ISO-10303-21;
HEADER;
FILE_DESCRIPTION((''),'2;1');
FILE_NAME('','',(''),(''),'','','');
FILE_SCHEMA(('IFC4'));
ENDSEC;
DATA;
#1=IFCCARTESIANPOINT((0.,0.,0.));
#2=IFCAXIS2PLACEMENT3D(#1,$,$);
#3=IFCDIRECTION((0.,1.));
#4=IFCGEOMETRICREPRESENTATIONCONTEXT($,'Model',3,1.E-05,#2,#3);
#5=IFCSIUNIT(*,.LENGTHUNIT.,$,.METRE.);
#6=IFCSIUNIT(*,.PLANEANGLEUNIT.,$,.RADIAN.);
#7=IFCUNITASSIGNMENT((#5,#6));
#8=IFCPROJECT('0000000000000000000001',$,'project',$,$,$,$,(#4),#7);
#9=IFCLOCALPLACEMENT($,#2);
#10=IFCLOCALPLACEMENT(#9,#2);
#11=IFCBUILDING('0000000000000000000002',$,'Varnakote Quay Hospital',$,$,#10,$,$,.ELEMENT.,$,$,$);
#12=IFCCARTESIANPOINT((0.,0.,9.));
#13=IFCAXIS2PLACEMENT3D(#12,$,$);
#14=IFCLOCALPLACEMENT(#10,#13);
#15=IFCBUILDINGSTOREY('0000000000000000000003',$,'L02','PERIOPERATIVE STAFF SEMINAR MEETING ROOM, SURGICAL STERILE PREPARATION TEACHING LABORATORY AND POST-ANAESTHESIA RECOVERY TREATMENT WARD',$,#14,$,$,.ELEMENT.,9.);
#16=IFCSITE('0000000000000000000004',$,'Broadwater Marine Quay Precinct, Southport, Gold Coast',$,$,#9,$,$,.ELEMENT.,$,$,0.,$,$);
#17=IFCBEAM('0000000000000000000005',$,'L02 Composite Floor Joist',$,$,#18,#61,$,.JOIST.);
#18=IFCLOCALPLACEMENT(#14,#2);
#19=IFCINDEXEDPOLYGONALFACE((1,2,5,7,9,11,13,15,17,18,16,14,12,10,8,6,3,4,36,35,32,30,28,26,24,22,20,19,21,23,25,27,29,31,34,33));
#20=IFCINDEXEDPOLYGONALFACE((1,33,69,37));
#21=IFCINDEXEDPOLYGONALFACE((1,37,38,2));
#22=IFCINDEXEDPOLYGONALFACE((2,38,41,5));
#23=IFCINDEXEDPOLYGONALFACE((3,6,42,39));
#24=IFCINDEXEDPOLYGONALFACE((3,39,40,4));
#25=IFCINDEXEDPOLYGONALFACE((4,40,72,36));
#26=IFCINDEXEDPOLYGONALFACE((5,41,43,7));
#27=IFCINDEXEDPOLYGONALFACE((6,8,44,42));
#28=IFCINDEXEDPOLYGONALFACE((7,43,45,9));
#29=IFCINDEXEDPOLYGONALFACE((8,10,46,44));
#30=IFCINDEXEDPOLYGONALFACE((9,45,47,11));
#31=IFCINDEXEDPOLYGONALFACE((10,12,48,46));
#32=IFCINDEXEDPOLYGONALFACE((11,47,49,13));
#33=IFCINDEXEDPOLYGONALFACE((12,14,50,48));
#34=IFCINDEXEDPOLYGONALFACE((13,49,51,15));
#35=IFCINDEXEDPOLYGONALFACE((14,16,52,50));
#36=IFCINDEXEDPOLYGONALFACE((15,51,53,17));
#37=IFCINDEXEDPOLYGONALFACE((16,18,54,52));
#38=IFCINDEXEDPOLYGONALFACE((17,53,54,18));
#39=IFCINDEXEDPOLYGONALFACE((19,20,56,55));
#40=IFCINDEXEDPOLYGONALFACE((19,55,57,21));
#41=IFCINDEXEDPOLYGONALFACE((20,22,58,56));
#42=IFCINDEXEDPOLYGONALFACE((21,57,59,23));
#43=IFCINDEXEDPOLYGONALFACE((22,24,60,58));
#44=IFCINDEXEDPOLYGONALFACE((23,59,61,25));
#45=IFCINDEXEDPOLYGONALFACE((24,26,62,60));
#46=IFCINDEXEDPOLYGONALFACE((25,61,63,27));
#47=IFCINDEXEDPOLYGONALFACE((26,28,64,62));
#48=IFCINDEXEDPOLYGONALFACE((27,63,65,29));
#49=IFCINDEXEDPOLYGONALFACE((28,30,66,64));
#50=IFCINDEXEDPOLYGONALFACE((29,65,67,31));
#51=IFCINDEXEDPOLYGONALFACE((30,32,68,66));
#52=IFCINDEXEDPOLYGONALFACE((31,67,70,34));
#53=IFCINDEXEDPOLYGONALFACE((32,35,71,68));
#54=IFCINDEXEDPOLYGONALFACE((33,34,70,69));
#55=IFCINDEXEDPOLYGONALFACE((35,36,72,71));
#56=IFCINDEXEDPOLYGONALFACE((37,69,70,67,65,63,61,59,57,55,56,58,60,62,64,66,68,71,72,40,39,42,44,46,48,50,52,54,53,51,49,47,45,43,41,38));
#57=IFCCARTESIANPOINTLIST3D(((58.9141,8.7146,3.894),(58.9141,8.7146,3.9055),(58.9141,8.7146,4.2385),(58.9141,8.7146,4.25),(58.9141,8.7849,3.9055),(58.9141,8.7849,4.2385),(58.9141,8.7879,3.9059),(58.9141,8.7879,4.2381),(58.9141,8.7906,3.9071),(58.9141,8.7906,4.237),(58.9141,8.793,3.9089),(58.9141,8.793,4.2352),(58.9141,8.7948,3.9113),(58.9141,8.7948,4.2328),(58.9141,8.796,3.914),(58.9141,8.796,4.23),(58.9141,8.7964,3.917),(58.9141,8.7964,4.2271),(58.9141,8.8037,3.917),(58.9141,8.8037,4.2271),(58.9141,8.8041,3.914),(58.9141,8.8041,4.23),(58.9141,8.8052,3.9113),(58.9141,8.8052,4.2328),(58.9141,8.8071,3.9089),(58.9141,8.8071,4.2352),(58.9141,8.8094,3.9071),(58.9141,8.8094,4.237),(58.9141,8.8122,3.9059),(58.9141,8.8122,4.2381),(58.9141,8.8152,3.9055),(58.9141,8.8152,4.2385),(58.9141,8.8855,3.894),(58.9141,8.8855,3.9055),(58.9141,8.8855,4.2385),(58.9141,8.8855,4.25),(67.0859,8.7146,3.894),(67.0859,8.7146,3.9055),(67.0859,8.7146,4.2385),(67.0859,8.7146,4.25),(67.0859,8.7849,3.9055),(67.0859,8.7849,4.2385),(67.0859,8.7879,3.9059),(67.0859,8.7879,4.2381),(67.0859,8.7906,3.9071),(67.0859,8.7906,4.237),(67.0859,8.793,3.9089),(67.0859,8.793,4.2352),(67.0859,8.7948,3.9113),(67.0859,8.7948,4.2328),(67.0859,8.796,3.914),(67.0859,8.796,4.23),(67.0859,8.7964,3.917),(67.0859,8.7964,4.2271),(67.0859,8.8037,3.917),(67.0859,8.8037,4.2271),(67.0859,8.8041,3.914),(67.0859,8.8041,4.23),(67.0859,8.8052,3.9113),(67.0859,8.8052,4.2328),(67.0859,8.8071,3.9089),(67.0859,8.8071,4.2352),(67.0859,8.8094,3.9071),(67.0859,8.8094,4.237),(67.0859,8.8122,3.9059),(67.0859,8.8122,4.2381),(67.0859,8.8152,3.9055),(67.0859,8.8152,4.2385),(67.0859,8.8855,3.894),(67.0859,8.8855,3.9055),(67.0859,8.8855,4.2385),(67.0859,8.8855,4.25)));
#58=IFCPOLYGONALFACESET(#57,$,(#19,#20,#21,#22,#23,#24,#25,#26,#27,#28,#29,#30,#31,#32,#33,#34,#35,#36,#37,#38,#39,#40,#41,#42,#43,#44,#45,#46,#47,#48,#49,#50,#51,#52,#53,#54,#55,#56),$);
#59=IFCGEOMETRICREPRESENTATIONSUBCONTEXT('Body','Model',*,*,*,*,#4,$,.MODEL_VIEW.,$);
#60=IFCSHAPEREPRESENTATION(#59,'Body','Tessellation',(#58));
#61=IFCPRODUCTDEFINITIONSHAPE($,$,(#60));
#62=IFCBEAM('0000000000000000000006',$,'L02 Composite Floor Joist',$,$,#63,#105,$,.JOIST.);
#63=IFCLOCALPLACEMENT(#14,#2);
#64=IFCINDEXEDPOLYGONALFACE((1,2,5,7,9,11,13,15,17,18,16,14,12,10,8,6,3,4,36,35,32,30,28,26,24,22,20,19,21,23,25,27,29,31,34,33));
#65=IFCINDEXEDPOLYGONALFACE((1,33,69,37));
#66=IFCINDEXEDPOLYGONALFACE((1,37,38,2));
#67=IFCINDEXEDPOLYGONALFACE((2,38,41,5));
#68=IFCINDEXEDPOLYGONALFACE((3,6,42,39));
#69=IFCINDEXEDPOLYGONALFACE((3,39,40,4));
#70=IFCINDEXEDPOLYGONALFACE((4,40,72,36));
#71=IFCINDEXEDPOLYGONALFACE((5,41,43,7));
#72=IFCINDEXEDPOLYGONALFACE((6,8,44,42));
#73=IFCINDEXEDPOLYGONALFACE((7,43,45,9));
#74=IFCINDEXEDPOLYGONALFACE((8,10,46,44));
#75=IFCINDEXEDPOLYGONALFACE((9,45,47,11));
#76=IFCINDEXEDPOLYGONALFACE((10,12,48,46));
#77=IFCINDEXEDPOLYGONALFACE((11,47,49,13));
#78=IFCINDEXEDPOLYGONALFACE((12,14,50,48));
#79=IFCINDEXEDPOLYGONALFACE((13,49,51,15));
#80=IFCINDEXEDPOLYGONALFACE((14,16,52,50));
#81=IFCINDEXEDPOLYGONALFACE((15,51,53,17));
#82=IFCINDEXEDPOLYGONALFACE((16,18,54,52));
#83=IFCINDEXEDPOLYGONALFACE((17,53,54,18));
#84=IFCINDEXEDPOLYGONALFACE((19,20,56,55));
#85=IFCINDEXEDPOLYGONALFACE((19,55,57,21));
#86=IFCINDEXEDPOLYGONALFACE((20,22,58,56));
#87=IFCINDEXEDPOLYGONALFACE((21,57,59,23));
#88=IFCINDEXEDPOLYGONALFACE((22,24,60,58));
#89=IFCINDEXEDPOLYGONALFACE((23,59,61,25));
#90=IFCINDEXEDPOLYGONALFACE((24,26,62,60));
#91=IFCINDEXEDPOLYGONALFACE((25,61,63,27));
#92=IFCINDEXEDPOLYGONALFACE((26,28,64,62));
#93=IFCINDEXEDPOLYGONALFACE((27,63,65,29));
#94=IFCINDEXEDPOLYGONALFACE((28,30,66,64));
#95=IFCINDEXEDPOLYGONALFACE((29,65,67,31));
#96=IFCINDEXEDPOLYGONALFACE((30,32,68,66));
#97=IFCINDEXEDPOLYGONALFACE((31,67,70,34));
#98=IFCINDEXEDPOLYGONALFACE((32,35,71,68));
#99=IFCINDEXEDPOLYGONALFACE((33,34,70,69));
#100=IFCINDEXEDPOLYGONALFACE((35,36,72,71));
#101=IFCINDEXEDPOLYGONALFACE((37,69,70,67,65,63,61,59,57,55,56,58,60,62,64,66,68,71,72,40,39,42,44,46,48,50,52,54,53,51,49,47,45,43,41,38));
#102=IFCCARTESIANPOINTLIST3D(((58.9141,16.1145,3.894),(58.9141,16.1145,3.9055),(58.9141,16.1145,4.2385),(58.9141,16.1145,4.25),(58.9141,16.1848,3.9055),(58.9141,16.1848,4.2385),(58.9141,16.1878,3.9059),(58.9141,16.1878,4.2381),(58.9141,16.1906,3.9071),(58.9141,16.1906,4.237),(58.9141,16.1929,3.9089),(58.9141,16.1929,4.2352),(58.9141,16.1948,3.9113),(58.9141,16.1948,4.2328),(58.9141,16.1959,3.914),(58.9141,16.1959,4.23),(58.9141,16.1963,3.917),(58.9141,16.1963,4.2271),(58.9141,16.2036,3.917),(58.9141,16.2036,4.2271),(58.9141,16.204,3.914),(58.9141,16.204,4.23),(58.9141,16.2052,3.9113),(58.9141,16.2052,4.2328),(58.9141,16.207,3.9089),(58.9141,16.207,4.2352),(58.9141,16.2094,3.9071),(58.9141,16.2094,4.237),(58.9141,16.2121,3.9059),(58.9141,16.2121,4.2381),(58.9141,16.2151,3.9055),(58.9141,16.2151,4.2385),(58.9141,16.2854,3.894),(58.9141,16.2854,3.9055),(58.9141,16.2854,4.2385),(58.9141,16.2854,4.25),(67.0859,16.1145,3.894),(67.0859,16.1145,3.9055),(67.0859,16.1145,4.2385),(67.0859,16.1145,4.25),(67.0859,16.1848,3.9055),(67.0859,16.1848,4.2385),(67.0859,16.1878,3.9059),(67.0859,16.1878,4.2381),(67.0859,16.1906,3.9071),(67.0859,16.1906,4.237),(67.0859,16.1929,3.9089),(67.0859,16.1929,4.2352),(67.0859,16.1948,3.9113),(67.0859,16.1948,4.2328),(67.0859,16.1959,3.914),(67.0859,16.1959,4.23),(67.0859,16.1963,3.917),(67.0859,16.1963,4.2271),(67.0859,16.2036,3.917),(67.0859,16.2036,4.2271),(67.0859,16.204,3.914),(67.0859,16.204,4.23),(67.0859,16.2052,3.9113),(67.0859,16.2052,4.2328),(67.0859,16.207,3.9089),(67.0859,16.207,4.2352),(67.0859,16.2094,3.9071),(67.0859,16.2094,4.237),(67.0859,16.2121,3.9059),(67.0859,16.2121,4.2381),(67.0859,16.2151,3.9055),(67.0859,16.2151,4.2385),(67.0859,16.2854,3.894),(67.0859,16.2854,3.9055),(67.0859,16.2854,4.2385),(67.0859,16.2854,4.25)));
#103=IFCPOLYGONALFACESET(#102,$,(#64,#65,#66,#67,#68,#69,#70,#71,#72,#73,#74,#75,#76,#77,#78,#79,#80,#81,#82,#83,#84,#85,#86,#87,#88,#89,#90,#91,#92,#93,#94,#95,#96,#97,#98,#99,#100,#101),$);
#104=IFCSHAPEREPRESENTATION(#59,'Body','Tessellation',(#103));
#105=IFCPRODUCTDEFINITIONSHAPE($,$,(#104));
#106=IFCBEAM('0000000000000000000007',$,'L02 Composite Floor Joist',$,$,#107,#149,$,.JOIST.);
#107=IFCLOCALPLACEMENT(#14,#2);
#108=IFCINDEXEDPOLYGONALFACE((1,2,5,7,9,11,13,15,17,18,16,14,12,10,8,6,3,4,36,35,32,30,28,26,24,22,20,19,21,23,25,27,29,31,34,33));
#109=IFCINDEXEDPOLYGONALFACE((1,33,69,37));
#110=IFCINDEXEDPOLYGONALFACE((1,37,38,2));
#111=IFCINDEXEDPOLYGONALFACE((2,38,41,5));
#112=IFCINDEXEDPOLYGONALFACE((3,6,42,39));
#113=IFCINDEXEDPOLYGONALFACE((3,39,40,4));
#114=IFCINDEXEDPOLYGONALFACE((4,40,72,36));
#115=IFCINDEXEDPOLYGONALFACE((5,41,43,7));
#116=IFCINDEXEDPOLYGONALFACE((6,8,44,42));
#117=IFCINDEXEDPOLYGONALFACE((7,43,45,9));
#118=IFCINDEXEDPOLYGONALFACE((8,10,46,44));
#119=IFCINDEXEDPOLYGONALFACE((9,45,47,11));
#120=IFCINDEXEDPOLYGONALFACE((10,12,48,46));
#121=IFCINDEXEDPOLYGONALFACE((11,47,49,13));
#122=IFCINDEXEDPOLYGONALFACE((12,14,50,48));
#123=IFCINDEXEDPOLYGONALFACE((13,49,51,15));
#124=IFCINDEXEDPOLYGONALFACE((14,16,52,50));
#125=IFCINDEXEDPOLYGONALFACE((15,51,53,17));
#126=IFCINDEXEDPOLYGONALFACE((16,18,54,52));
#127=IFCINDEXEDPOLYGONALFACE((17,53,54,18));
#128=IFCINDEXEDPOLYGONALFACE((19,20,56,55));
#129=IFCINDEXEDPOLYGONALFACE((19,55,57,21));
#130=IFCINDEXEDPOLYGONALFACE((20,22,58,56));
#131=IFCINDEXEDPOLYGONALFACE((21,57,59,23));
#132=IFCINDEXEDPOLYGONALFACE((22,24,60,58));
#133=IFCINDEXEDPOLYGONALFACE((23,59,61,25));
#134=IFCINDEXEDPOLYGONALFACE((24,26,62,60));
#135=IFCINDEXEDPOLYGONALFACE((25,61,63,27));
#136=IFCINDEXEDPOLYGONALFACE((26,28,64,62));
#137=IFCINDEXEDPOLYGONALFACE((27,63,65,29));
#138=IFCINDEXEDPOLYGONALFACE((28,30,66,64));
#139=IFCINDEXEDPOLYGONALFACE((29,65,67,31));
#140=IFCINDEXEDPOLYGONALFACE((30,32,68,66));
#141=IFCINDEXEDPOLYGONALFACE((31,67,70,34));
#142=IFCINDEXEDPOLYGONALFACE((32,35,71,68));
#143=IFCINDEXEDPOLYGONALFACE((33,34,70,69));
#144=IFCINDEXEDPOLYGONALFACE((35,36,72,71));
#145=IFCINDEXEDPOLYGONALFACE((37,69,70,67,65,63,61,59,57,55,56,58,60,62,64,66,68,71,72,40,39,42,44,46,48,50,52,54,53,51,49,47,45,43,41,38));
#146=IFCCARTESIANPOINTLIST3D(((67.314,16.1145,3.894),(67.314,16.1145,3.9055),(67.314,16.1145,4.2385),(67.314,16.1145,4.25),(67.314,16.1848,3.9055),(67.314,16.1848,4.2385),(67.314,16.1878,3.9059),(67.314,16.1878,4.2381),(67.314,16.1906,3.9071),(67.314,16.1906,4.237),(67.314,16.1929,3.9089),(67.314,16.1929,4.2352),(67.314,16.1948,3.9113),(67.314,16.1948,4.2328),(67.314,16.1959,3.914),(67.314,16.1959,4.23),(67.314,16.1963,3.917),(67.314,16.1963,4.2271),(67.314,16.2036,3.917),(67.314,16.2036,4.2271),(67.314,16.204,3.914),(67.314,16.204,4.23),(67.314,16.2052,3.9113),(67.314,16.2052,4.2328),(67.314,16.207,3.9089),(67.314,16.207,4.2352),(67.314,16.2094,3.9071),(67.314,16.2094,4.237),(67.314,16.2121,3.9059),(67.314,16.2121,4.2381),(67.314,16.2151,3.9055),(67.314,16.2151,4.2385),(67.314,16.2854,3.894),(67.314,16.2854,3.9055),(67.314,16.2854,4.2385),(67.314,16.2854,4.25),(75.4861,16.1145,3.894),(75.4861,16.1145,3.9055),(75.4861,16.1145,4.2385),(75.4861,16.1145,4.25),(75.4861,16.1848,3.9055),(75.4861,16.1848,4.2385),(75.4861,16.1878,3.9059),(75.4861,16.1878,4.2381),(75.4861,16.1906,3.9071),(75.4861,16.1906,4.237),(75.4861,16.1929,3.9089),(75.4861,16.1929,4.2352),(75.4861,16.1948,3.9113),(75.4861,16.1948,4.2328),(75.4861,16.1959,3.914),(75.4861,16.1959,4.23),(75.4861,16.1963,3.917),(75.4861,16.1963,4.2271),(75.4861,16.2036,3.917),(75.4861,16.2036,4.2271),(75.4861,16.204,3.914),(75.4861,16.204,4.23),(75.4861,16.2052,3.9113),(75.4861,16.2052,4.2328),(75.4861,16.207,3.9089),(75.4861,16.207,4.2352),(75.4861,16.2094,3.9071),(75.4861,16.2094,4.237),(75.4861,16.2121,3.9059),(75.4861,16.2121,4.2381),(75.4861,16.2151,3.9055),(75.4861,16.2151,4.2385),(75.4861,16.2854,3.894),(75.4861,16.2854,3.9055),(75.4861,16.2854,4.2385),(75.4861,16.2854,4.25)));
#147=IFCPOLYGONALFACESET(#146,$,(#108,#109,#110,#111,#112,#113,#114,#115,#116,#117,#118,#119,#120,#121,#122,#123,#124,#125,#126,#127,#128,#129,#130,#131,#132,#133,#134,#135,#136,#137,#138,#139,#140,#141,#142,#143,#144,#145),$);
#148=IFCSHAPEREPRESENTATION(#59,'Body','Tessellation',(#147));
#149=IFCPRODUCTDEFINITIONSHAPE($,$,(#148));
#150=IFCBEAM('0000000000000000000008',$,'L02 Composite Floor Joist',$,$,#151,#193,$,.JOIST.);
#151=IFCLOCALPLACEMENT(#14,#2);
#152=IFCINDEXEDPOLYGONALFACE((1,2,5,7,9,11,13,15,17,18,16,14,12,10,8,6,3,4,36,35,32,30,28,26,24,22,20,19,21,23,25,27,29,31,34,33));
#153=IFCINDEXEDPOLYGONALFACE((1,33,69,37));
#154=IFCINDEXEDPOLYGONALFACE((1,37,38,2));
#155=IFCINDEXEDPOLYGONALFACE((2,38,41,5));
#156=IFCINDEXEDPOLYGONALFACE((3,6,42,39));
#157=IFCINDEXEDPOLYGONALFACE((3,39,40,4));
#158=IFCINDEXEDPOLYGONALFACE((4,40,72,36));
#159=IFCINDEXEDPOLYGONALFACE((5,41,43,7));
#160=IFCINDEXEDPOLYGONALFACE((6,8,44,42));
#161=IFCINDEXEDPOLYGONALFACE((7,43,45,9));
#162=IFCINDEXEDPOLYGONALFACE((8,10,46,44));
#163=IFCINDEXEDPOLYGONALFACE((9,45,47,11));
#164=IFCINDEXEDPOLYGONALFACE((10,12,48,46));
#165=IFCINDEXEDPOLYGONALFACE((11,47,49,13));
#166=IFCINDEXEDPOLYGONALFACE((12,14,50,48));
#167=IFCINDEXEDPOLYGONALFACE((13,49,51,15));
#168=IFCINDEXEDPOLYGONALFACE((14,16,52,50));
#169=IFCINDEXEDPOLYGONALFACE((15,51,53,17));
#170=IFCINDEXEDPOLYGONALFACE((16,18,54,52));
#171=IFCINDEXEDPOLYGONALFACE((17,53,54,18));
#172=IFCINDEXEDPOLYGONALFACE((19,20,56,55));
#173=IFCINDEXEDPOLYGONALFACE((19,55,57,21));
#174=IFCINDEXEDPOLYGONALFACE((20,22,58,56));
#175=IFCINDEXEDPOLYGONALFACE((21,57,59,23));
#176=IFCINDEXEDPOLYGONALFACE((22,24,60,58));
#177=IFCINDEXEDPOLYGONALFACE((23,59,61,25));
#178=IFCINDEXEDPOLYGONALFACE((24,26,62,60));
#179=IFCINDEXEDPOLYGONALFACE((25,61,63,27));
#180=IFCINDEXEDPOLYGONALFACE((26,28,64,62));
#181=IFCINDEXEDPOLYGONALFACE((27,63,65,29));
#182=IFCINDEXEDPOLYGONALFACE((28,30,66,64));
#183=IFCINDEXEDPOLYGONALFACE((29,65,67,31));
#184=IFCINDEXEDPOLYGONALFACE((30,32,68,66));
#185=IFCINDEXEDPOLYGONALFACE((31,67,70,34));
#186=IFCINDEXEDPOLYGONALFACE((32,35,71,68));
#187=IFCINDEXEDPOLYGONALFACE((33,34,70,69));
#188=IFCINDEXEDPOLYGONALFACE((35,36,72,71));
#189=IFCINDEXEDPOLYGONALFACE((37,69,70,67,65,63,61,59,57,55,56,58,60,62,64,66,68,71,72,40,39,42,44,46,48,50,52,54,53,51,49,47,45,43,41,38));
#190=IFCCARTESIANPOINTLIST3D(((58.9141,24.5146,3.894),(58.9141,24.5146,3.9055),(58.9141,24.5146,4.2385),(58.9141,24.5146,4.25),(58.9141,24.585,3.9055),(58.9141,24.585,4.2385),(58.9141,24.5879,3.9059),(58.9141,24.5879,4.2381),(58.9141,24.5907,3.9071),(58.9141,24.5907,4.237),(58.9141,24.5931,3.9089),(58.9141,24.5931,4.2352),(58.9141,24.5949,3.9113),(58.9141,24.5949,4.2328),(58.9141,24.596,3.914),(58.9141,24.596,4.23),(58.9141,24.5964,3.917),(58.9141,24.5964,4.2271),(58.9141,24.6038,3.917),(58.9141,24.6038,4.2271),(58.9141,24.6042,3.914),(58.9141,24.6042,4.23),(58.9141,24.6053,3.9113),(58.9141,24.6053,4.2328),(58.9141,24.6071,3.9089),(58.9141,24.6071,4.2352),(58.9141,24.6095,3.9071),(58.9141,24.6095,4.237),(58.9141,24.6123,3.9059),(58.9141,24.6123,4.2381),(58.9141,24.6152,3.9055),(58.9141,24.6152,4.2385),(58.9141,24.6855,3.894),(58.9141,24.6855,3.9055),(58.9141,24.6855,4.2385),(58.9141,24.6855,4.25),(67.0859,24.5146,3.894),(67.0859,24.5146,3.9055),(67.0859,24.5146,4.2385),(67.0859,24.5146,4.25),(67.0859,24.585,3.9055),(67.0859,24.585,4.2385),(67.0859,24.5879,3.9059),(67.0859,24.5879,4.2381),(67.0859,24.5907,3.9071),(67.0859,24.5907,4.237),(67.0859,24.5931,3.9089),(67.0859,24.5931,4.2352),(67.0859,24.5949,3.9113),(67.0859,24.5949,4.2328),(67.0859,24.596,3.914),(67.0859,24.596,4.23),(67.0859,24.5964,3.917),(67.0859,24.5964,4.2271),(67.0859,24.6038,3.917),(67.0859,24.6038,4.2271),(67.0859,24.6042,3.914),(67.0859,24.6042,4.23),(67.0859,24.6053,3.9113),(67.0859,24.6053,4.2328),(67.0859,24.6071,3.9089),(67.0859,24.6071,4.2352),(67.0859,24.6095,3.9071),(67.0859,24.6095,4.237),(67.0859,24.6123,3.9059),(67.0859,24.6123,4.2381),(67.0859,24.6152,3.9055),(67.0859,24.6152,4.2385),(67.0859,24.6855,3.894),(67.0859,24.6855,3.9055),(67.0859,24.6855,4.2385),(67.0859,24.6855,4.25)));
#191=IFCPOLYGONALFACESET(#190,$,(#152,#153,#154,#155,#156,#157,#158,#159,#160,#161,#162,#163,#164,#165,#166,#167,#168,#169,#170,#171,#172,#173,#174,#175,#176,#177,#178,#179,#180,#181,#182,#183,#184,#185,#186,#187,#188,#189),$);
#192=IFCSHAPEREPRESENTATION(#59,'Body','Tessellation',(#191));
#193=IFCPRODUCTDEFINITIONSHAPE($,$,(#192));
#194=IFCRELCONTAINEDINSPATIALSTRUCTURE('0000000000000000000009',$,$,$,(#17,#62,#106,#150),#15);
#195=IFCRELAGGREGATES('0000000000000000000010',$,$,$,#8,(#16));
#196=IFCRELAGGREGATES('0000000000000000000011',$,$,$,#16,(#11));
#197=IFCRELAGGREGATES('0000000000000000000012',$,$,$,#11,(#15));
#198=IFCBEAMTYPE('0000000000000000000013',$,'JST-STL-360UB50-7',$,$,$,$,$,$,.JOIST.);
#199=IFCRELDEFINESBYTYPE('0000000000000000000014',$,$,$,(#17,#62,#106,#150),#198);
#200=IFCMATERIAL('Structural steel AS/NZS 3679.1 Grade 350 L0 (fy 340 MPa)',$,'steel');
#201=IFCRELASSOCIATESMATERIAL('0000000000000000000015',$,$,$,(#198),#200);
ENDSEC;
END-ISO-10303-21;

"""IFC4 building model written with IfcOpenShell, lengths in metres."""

from ifc_helpers import new_model, si_unit, direction, frame, origin, origin_2d, place, context, subcontext, project, spatial, i_section, extrude, material, material_profile, profile_set, type_object, element, save


model = new_model("IFC4")

# Units and contexts
model_context = context("Model", 3, precision=1e-05, world=origin(), true_north=direction((0.0, 1.0)))
body_context = subcontext(model_context, "Body", "Model", "MODEL_VIEW")
ifc_project = project(units=[si_unit("LENGTHUNIT", "METRE"), si_unit("PLANEANGLEUNIT", "RADIAN")], contexts=[model_context])

# Site, building, storey
site_placement = place(None, origin())
site = spatial("IfcSite", under=ifc_project, at=site_placement, Name="Broadwater Marine Quay Precinct, Southport, Gold Coast", CompositionType="ELEMENT", RefElevation=0.0)
building_placement = place(site_placement, origin())
building = spatial("IfcBuilding", under=site, at=building_placement, Name="Varnakote Quay Hospital", CompositionType="ELEMENT")
storey_placement = place(building_placement, frame((0.0, 0.0, 9.0)))
storey = spatial("IfcBuildingStorey", under=building, at=storey_placement, Name="L02", Description="PERIOPERATIVE STAFF SEMINAR MEETING ROOM, SURGICAL STERILE PREPARATION TEACHING LABORATORY AND POST-ANAESTHESIA RECOVERY TREATMENT WARD", CompositionType="ELEMENT", Elevation=9.0)

# Beams
ifc_material_1 = material(Name="Structural steel AS/NZS 3679.1 Grade 350 L0 (fy 340 MPa)", Category="steel")
ifc_material_profile_1 = material_profile(ifc_material_1, i_section(OverallWidth=0.1709, OverallDepth=0.356, WebThickness=0.0073, FlangeThickness=0.0115, FilletRadius=0.0115, at=origin_2d()), Name="360UB50.7")
ifc_profile_set_1 = profile_set([ifc_material_profile_1], Name="Structural steel AS/NZS 3679.1 Grade 350 L0 (fy 340 MPa)")
beam_type_1 = type_object("IfcBeamType", Name="JST-STL-360UB50-7", PredefinedType="JOIST", material=ifc_profile_set_1)
for number, where, z_axis, x_axis, name in (
    (1, (58.9141, 8.8, 4.072), (1.0, 0.0, 0.0), (0.0, 1.0, 0.0), "L02 Composite Floor Joist"),
    (2, (58.9141, 16.2, 4.072), (1.0, 0.0, 0.0), (0.0, 1.0, 0.0), "L02 Composite Floor Joist"),
):
    element("IfcBeam", number, at=place(storey_placement, frame(where, z_axis=z_axis, x_axis=x_axis)), inside=storey, type_object=beam_type_1, Name=name, PredefinedType="JOIST", context=body_context, shape_type="SweptSolid", body=[
        extrude(i_section(OverallWidth=0.1709, OverallDepth=0.356, WebThickness=0.0073, FlangeThickness=0.0115, FilletRadius=0.0115, at=origin_2d()), origin(), (0.0, 0.0, 1.0), 8.1719),
    ])
beam_1_placement = place(storey_placement, frame((67.314, 16.2, 4.072), z_axis=(1.0, 0.0, 0.0), x_axis=(0.0, 1.0, 0.0)))
element("IfcBeam", 3, at=beam_1_placement, inside=storey, type_object=beam_type_1, Name="L02 Composite Floor Joist", PredefinedType="JOIST", context=body_context, shape_type="SweptSolid", body=[
    extrude(i_section(OverallWidth=0.1709, OverallDepth=0.356, WebThickness=0.0073, FlangeThickness=0.0115, FilletRadius=0.0115, at=origin_2d()), origin(), (0.0, 0.0, 1.0), 8.1721),
])
beam_2_placement = place(storey_placement, frame((58.9141, 24.6001, 4.072), z_axis=(1.0, 0.0, 0.0), x_axis=(0.0, 1.0, 0.0)))
element("IfcBeam", 4, at=beam_2_placement, inside=storey, type_object=beam_type_1, Name="L02 Composite Floor Joist", PredefinedType="JOIST", context=body_context, shape_type="SweptSolid", body=[
    extrude(i_section(OverallWidth=0.1709, OverallDepth=0.356, WebThickness=0.0073, FlangeThickness=0.0115, FilletRadius=0.0115, at=origin_2d()), origin(), (0.0, 0.0, 1.0), 8.1719),
])

save(model, "model.ifc")
